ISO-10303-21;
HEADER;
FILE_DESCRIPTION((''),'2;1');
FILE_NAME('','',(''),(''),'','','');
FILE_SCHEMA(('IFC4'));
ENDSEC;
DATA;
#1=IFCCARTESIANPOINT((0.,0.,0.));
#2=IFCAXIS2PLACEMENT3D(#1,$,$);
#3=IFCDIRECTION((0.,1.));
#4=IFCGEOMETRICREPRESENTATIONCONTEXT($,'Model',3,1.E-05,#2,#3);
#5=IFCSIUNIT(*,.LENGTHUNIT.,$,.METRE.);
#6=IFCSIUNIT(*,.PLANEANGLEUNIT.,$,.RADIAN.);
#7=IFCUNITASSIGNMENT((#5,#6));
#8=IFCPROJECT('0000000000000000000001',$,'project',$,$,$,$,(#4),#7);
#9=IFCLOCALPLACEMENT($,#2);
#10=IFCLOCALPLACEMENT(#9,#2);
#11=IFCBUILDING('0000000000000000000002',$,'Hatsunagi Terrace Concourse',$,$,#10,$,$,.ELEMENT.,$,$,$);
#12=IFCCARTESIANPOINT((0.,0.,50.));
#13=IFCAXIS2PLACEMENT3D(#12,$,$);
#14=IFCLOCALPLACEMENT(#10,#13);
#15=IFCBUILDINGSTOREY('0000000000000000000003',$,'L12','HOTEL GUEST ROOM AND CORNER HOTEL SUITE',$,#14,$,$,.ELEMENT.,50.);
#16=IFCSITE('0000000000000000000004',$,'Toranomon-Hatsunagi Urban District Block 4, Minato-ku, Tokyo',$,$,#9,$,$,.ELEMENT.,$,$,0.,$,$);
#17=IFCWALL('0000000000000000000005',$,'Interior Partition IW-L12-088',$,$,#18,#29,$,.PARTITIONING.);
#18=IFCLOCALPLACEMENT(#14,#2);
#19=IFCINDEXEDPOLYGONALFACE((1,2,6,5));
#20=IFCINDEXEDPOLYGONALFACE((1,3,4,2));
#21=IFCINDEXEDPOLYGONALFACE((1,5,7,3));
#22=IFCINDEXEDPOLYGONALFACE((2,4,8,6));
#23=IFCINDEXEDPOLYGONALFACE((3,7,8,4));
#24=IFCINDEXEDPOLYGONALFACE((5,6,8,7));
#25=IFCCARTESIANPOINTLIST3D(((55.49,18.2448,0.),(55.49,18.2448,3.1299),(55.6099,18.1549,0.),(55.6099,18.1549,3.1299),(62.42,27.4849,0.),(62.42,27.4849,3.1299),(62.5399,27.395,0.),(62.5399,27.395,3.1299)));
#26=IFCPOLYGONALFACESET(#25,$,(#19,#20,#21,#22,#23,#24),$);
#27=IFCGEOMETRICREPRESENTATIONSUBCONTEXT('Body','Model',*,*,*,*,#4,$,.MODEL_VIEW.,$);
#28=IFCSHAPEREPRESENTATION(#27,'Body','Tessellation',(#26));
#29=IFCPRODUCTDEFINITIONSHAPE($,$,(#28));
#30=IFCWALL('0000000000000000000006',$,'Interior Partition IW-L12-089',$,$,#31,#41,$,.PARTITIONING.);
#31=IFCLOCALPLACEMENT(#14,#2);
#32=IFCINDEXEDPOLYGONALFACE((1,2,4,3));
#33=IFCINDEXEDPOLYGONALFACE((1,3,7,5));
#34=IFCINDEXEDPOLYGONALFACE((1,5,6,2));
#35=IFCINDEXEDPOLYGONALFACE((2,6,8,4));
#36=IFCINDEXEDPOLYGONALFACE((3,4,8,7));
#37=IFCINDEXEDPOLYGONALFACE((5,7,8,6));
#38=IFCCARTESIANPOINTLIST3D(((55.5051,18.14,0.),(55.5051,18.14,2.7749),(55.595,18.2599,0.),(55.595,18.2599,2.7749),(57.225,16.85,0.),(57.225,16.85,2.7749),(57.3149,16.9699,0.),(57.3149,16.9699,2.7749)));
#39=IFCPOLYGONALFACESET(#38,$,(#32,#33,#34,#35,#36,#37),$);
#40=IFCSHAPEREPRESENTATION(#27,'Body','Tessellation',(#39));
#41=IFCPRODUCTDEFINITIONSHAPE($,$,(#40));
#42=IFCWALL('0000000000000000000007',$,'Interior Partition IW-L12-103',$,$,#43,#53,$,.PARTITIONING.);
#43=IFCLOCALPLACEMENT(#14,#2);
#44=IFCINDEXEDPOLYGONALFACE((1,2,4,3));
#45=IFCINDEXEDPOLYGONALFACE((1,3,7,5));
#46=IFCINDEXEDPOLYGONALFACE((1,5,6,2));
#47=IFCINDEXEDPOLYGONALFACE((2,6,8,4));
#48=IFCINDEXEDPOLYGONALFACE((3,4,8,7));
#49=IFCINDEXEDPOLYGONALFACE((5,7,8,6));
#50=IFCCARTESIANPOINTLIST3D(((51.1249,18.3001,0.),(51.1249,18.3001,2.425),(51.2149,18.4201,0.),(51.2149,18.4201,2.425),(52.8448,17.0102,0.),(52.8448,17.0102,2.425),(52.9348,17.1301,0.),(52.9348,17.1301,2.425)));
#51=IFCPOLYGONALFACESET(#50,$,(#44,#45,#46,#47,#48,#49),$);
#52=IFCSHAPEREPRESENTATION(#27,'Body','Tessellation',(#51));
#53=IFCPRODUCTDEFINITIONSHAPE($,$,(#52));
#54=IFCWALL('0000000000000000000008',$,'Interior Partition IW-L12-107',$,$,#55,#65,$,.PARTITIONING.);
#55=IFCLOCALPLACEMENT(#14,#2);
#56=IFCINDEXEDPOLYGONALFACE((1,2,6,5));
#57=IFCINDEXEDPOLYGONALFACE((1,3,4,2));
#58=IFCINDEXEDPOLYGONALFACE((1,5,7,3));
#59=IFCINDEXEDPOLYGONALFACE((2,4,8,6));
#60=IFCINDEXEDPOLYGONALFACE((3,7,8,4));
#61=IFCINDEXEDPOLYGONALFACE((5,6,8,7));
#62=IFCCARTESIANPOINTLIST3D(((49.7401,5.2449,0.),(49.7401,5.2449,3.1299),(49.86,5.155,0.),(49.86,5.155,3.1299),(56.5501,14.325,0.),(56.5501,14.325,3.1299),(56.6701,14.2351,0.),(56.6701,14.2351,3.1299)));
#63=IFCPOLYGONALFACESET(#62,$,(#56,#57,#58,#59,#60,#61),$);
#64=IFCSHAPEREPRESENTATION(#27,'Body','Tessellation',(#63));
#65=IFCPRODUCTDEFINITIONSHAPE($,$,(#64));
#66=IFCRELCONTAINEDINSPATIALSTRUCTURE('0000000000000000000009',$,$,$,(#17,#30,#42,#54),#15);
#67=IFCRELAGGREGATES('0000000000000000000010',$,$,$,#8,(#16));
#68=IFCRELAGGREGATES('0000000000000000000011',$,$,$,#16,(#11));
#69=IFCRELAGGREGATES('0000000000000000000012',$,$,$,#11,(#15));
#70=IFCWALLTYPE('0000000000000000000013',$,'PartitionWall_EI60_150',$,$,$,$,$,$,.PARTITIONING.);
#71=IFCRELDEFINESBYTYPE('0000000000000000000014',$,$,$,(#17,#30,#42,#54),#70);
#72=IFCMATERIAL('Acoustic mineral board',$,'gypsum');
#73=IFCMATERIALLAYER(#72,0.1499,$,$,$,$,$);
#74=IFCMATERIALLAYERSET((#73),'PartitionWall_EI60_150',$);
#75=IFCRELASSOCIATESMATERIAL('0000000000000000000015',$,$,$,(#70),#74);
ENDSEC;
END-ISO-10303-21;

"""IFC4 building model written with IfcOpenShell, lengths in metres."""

from ifc_helpers import new_model, si_unit, direction, frame, frame_2d, origin, place, context, subcontext, project, spatial, rectangle, extrude, material, layer, layer_set, type_object, element, save


model = new_model("IFC4")

# Units and contexts
model_context = context("Model", 3, precision=1e-05, world=origin(), true_north=direction((0.0, 1.0)))
body_context = subcontext(model_context, "Body", "Model", "MODEL_VIEW")
ifc_project = project(units=[si_unit("LENGTHUNIT", "METRE"), si_unit("PLANEANGLEUNIT", "RADIAN")], contexts=[model_context])

# Site, building, storey
site_placement = place(None, origin())
site = spatial("IfcSite", under=ifc_project, at=site_placement, Name="Toranomon-Hatsunagi Urban District Block 4, Minato-ku, Tokyo", CompositionType="ELEMENT", RefElevation=0.0)
building_placement = place(site_placement, origin())
building = spatial("IfcBuilding", under=site, at=building_placement, Name="Hatsunagi Terrace Concourse", CompositionType="ELEMENT")
storey_placement = place(building_placement, frame((0.0, 0.0, 50.0)))
storey = spatial("IfcBuildingStorey", under=building, at=storey_placement, Name="L12", Description="HOTEL GUEST ROOM AND CORNER HOTEL SUITE", CompositionType="ELEMENT", Elevation=50.0)

# Walls
ifc_material_1 = material(Name="Acoustic mineral board", Category="gypsum")
ifc_layer_1 = layer(ifc_material_1, 0.1499)
ifc_layer_set_1 = layer_set([ifc_layer_1], Name="PartitionWall_EI60_150")
wall_type_1 = type_object("IfcWallType", Name="PartitionWall_EI60_150", PredefinedType="PARTITIONING", material=ifc_layer_set_1)
wall_1_placement = place(storey_placement, frame((55.55, 18.2, 0.0), z_axis=(0.0, 0.0, 1.0), x_axis=(0.599997, 0.800003, 0.0)))
element("IfcWall", 1, at=wall_1_placement, inside=storey, type_object=wall_type_1, Name="Interior Partition IW-L12-088", PredefinedType="PARTITIONING", context=body_context, shape_type="SweptSolid", body=[
    extrude(rectangle(XDim=11.55, YDim=0.1499, at=frame_2d((5.7749, 0.0))), origin(), (0.0, 0.0, 1.0), 3.1299),
])
wall_2_placement = place(storey_placement, frame((55.55, 18.2, 0.0), z_axis=(0.0, 0.0, 1.0), x_axis=(0.799986, -0.600018, 0.0)))
element("IfcWall", 2, at=wall_2_placement, inside=storey, type_object=wall_type_1, Name="Interior Partition IW-L12-089", PredefinedType="PARTITIONING", context=body_context, shape_type="SweptSolid", body=[
    extrude(rectangle(XDim=2.1499, YDim=0.1499, at=frame_2d((1.075, 0.0))), origin(), (0.0, 0.0, 1.0), 2.7749),
])
wall_3_placement = place(storey_placement, frame((51.1699, 18.3601, 0.0), z_axis=(0.0, 0.0, 1.0), x_axis=(0.799986, -0.600018, 0.0)))
element("IfcWall", 3, at=wall_3_placement, inside=storey, type_object=wall_type_1, Name="Interior Partition IW-L12-103", PredefinedType="PARTITIONING", context=body_context, shape_type="SweptSolid", body=[
    extrude(rectangle(XDim=2.1499, YDim=0.1499, at=frame_2d((1.075, 0.0))), origin(), (0.0, 0.0, 1.0), 2.425),
])

# Wall
wall_4_placement = place(storey_placement, frame((49.8, 5.2, 0.0), z_axis=(0.0, 0.0, 1.0), x_axis=(0.6, 0.8, 0.0)))
element("IfcWall", 4, at=wall_4_placement, inside=storey, type_object=wall_type_1, Name="Interior Partition IW-L12-107", PredefinedType="PARTITIONING", context=body_context, shape_type="SweptSolid", body=[
    extrude(rectangle(XDim=11.3501, YDim=0.1499, at=frame_2d((5.675, 0.0))), origin(), (0.0, 0.0, 1.0), 3.1299),
])

save(model, "model.ifc")
